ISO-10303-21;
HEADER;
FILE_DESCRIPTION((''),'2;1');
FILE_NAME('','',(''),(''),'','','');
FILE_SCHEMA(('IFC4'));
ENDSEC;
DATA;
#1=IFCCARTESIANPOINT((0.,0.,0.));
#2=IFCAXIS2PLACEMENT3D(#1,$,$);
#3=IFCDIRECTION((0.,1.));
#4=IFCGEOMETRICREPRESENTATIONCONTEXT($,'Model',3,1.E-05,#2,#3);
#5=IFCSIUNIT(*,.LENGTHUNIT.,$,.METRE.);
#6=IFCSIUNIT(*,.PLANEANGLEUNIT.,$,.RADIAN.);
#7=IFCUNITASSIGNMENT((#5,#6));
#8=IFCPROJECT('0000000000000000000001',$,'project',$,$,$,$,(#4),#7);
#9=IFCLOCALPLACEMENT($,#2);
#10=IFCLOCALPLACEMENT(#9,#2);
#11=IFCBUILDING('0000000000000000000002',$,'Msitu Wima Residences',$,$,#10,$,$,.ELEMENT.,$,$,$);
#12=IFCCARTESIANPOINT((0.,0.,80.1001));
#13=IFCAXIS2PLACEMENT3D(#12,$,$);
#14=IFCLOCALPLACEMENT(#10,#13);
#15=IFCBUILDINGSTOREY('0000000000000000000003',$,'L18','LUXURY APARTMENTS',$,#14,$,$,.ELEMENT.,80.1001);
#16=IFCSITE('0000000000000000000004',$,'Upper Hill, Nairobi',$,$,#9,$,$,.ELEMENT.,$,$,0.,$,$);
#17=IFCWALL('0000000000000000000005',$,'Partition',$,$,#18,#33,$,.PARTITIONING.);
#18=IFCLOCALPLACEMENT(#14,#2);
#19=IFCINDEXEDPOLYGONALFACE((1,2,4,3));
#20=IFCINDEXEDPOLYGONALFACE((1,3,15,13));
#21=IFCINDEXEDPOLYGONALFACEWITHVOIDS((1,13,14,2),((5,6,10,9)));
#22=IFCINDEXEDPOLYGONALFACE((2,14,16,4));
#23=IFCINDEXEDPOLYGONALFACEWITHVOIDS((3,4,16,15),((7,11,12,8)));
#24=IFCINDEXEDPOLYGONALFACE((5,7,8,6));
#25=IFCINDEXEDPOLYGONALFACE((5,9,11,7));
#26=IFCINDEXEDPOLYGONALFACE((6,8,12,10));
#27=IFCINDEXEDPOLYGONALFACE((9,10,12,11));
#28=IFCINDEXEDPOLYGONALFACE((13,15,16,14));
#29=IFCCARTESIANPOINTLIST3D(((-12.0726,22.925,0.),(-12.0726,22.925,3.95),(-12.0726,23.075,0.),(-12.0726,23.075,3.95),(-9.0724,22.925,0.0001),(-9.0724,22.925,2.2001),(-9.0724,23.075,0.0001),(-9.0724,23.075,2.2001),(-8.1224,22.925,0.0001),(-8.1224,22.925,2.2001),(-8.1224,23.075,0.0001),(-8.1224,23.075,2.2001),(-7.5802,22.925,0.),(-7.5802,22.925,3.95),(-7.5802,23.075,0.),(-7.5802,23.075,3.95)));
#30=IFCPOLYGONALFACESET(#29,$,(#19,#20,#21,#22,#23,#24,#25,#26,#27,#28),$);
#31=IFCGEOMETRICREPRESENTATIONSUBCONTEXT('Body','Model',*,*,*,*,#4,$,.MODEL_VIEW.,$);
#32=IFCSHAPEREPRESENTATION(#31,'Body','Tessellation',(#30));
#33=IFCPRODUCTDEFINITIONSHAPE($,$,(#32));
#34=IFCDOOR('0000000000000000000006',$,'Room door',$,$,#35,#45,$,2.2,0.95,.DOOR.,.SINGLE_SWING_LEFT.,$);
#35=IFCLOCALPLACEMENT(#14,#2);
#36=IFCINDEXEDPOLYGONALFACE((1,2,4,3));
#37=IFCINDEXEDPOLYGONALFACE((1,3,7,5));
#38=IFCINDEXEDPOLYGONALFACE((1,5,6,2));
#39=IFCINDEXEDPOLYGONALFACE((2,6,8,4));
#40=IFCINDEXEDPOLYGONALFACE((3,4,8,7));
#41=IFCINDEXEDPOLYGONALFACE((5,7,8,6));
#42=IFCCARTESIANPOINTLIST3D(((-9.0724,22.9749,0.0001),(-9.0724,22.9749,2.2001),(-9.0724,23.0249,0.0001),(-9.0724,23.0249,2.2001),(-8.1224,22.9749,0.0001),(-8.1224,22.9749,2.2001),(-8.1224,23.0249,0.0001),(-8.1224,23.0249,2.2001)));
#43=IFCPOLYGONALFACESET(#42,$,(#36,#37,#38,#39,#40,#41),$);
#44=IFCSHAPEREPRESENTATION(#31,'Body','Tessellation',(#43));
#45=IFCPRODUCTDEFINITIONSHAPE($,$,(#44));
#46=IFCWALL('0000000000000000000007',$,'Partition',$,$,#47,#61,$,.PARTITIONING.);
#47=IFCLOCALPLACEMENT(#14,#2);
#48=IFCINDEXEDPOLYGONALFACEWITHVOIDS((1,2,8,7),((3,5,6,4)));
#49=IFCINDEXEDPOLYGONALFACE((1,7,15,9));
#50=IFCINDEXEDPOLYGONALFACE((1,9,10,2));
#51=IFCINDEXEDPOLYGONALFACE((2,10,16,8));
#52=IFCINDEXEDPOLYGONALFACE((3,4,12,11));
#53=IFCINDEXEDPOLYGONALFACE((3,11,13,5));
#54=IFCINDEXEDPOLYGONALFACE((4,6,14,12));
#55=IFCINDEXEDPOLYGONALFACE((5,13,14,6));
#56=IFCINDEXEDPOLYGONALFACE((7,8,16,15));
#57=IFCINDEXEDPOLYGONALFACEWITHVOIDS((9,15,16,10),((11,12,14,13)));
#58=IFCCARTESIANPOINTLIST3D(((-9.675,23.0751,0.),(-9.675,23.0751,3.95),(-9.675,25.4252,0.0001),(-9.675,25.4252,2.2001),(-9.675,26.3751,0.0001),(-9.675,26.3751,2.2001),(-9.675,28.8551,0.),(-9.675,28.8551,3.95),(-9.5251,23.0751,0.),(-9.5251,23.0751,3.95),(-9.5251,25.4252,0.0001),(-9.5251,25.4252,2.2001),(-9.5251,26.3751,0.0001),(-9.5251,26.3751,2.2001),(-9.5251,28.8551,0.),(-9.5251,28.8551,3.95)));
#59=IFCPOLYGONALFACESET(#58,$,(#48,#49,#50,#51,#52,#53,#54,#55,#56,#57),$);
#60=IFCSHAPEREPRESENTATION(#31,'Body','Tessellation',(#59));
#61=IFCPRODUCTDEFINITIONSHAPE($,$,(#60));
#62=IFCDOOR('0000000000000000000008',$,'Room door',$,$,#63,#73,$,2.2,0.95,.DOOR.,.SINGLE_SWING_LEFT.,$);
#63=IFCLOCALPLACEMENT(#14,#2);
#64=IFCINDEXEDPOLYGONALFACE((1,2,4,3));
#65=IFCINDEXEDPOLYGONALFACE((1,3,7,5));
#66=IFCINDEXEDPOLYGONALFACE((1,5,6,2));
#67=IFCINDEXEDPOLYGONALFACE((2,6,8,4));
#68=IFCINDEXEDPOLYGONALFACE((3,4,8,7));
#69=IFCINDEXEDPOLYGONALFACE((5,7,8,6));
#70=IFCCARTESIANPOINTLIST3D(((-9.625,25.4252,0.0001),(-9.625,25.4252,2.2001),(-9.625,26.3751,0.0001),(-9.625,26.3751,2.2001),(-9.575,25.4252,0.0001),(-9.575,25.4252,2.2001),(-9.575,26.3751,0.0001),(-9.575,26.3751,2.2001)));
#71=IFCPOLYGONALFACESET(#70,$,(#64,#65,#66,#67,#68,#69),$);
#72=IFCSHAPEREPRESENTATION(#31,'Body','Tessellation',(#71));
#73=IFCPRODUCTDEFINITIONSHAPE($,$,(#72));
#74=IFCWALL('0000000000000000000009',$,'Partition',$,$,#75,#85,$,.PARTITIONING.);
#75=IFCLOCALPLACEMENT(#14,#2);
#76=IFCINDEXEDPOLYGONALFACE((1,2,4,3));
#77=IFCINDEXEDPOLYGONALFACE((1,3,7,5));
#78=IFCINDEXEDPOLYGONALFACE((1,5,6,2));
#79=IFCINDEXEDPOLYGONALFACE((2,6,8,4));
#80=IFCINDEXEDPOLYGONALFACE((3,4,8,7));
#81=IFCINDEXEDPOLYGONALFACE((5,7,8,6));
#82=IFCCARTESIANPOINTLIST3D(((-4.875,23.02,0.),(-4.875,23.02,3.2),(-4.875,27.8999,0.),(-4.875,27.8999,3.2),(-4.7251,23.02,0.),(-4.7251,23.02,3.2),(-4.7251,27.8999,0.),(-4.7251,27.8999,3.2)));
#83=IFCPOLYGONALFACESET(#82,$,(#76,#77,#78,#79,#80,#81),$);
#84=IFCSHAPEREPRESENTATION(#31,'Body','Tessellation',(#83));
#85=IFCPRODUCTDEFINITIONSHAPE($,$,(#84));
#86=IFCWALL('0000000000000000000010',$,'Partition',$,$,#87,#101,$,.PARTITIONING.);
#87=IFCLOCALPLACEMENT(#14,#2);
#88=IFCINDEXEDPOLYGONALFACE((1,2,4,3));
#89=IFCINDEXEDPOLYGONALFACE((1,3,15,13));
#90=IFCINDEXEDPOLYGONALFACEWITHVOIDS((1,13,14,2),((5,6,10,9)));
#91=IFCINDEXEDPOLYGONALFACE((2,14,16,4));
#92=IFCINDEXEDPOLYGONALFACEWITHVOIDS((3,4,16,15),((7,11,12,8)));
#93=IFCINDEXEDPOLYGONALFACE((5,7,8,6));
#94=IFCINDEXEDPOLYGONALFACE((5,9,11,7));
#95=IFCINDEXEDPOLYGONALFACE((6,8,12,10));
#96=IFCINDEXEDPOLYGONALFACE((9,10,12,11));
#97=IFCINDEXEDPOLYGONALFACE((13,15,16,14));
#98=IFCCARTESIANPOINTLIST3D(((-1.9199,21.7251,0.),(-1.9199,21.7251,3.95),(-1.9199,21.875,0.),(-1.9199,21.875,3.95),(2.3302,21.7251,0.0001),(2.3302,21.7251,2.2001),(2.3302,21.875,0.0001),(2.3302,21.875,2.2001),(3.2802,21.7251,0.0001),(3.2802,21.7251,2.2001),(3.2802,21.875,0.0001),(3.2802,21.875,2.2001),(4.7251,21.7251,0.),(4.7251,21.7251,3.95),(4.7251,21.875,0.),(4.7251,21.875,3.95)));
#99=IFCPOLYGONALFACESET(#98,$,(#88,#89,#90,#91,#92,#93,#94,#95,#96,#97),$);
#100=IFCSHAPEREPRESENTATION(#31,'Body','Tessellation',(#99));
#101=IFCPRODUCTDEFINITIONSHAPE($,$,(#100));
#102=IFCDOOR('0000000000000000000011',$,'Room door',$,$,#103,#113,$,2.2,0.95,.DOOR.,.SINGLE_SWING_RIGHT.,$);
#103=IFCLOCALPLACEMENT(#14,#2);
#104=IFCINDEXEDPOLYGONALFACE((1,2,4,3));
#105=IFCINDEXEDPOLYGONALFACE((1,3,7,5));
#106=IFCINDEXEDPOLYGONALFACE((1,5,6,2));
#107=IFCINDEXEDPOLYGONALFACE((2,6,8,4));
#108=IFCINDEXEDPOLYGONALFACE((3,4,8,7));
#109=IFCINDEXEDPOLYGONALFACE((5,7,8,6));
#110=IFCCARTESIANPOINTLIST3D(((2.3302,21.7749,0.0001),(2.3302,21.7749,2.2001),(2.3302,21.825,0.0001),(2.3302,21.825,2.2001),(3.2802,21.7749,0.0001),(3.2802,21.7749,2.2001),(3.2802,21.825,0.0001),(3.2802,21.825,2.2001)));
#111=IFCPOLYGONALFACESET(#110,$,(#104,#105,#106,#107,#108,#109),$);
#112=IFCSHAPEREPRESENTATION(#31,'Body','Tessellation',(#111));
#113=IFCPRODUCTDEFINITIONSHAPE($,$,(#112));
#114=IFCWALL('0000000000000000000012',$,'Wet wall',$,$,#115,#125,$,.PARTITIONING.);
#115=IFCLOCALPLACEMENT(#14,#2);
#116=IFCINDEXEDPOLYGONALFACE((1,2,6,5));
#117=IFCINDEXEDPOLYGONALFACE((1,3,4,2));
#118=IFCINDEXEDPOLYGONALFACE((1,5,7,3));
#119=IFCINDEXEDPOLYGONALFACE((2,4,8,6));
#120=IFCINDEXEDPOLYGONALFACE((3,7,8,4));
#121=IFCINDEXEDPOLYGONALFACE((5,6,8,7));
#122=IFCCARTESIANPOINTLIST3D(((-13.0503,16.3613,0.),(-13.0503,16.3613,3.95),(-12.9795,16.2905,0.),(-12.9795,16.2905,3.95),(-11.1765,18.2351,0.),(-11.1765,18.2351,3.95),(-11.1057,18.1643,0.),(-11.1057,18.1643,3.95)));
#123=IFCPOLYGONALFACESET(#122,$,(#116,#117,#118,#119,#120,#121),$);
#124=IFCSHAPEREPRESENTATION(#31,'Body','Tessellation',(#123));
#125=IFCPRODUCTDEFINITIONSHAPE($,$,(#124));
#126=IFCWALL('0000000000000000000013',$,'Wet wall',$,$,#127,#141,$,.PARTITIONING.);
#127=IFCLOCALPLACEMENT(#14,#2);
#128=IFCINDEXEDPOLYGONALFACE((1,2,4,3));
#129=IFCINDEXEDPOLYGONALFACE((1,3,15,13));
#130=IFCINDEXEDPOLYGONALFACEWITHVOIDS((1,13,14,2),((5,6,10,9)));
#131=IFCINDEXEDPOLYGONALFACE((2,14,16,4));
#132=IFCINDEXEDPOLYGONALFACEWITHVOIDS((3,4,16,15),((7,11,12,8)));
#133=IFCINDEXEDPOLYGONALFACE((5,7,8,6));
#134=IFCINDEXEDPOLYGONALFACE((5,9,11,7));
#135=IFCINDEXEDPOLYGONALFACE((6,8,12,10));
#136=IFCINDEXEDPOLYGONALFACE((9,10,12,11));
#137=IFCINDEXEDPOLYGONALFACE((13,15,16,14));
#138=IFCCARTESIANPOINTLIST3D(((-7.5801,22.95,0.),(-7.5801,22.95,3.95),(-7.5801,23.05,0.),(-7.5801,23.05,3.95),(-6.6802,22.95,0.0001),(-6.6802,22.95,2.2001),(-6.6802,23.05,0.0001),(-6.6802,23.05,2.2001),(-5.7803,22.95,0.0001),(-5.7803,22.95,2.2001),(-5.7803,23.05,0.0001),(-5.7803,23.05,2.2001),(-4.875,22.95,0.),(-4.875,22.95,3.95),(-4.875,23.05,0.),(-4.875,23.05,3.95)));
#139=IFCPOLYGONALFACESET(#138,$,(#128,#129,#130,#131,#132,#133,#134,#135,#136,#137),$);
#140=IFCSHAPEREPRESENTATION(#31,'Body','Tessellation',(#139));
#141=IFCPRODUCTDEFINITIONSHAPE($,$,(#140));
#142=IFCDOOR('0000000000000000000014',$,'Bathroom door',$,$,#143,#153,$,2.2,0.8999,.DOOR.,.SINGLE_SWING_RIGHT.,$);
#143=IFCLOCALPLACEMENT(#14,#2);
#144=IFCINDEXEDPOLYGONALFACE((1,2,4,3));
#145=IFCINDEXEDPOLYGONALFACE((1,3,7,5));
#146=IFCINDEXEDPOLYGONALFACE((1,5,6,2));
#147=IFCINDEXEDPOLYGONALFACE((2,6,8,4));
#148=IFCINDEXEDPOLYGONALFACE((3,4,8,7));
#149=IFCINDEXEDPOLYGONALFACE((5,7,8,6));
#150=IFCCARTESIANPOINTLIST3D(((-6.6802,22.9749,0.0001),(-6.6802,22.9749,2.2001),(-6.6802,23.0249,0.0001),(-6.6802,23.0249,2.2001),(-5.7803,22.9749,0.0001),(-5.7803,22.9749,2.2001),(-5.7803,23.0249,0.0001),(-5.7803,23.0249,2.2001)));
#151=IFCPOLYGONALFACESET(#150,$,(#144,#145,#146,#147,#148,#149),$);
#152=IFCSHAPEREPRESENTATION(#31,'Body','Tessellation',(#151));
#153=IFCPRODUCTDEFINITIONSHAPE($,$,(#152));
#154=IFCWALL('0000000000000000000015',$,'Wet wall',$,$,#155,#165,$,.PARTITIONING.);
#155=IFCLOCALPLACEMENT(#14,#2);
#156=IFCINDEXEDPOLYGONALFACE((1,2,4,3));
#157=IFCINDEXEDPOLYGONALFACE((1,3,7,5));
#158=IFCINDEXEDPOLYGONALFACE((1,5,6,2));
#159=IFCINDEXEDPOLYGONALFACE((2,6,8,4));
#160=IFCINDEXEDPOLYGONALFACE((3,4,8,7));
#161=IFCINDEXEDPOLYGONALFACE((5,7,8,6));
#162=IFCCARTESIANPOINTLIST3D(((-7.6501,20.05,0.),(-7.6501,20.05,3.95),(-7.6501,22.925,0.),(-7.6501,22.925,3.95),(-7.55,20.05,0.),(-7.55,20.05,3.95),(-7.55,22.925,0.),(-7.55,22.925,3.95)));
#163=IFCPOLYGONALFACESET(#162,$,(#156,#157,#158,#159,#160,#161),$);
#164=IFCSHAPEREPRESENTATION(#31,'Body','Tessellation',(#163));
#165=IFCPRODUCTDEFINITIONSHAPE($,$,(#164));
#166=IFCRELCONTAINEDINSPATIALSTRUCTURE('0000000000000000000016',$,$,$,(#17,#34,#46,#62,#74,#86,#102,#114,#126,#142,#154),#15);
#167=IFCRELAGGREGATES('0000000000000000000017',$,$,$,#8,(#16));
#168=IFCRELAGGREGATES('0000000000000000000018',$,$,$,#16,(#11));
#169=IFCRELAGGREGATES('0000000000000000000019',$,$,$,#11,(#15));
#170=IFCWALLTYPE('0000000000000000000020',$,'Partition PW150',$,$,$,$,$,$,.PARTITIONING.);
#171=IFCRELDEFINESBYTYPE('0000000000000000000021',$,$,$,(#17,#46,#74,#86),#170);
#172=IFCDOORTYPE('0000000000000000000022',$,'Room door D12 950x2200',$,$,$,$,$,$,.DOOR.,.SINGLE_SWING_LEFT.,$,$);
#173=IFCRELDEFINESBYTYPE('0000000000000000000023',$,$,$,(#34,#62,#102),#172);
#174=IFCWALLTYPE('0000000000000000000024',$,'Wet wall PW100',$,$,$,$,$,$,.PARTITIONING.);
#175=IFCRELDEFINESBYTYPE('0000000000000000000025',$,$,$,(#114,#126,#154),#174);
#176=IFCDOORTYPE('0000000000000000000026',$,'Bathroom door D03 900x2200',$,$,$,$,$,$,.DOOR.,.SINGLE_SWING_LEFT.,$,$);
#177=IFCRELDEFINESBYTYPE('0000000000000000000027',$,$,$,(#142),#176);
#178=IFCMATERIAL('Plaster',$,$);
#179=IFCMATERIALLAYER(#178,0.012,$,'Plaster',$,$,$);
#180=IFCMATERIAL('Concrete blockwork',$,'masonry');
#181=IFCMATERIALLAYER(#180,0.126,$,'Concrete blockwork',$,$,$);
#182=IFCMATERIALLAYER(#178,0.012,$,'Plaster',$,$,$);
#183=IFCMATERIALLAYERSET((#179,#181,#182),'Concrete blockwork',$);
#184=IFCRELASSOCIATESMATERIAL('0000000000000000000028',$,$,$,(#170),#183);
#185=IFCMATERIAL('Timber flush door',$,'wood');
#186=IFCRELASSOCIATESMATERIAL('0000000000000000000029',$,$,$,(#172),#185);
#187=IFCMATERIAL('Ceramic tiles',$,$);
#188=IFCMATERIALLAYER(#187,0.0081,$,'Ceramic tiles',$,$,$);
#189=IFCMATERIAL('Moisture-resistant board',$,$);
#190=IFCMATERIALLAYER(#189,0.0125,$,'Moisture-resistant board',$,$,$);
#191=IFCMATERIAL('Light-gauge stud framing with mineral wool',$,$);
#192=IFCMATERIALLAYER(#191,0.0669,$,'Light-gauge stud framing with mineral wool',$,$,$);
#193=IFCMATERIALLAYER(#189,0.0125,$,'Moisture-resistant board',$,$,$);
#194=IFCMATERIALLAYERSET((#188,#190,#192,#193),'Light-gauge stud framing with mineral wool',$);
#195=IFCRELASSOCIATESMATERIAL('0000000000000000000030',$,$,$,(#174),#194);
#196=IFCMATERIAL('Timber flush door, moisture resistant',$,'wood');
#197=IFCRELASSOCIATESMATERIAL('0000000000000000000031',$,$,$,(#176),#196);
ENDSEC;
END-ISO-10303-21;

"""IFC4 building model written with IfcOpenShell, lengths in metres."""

from ifc_helpers import new_model, si_unit, direction, frame, frame_2d, origin, place, context, subcontext, project, spatial, rectangle, extrude, material, layer, layer_set, type_object, element, fill, save


model = new_model("IFC4")

# Units and contexts
model_context = context("Model", 3, precision=1e-05, world=origin(), true_north=direction((0.0, 1.0)))
body_context = subcontext(model_context, "Body", "Model", "MODEL_VIEW")
ifc_project = project(units=[si_unit("LENGTHUNIT", "METRE"), si_unit("PLANEANGLEUNIT", "RADIAN")], contexts=[model_context])

# Site, building, storey
site_placement = place(None, origin())
site = spatial("IfcSite", under=ifc_project, at=site_placement, Name="Upper Hill, Nairobi", CompositionType="ELEMENT", RefElevation=0.0)
building_placement = place(site_placement, origin())
building = spatial("IfcBuilding", under=site, at=building_placement, Name="Msitu Wima Residences", CompositionType="ELEMENT")
storey_placement = place(building_placement, frame((0.0, 0.0, 80.1001)))
storey = spatial("IfcBuildingStorey", under=building, at=storey_placement, Name="L18", Description="LUXURY APARTMENTS", CompositionType="ELEMENT", Elevation=80.1001)

# Shared definitions
ifc_material_1 = material(Name="Plaster")
ifc_layer_1 = layer(ifc_material_1, 0.012, Name="Plaster")
ifc_material_2 = material(Name="Concrete blockwork", Category="masonry")
ifc_layer_2 = layer(ifc_material_2, 0.126, Name="Concrete blockwork")
ifc_layer_3 = layer(ifc_material_1, 0.012, Name="Plaster")
ifc_layer_set_1 = layer_set([ifc_layer_1, ifc_layer_2, ifc_layer_3], Name="Concrete blockwork")
wall_type_1 = type_object("IfcWallType", Name="Partition PW150", PredefinedType="PARTITIONING", material=ifc_layer_set_1)

# Walls, openings, doors
wall_1_placement = place(storey_placement, frame((-12.0725, 23.0, 0.0), z_axis=(0.0, 0.0, 1.0), x_axis=(1.0, 0.0, 0.0)))
wall_1 = element("IfcWall", 1, at=wall_1_placement, inside=storey, type_object=wall_type_1, Name="Partition", PredefinedType="PARTITIONING", context=body_context, shape_type="SweptSolid", body=[
    extrude(rectangle(XDim=4.4924, YDim=0.1499, at=frame_2d((2.2461, 0.0))), origin(), (0.0, 0.0, 1.0), 3.95),
])
opening_1_placement = place(wall_1_placement, frame((3.0, 0.0, 0.0)))
opening_1 = element("IfcOpeningElement", 2, at=opening_1_placement, cuts=wall_1, PredefinedType="OPENING", context=body_context, shape_type="SweptSolid", body=[
    extrude(rectangle(XDim=0.95, YDim=2.2, at=frame_2d((0.4751, 1.1001))), frame((0.0, 0.085, 0.0), z_axis=(0.0, -1.0, 0.0), x_axis=(1.0, 0.0, 0.0)), (0.0, 0.0, 1.0), 0.1699),
])
ifc_material_3 = material(Name="Timber flush door", Category="wood")
door_type_1 = type_object("IfcDoorType", Name="Room door D12 950x2200", OperationType="SINGLE_SWING_LEFT", PredefinedType="DOOR", material=ifc_material_3)
door_1_placement = place(opening_1_placement, origin())
door_1 = element("IfcDoor", 3, at=door_1_placement, inside=storey, type_object=door_type_1, Name="Room door", OperationType="SINGLE_SWING_LEFT", OverallHeight=2.2, OverallWidth=0.95, PredefinedType="DOOR", context=body_context, shape_type="SweptSolid", body=[
    extrude(rectangle(XDim=0.95, YDim=2.2, at=frame_2d((0.4751, 1.1001))), frame((0.0, 0.0249, 0.0), z_axis=(0.0, -1.0, 0.0), x_axis=(1.0, 0.0, 0.0)), (0.0, 0.0, 1.0), 0.05),
])
fill(opening_1, door_1)
wall_2_placement = place(storey_placement, frame((-9.6001, 23.075, 0.0), z_axis=(0.0, 0.0, 1.0), x_axis=(0.0, 1.0, 0.0)))
wall_2 = element("IfcWall", 4, at=wall_2_placement, inside=storey, type_object=wall_type_1, Name="Partition", PredefinedType="PARTITIONING", context=body_context, shape_type="SweptSolid", body=[
    extrude(rectangle(XDim=5.78, YDim=0.1499, at=frame_2d((2.8901, 0.0))), origin(), (0.0, 0.0, 1.0), 3.95),
])
opening_2_placement = place(wall_2_placement, frame((2.3501, 0.0, 0.0)))
opening_2 = element("IfcOpeningElement", 5, at=opening_2_placement, cuts=wall_2, PredefinedType="OPENING", context=body_context, shape_type="SweptSolid", body=[
    extrude(rectangle(XDim=0.95, YDim=2.2, at=frame_2d((0.4751, 1.1001))), frame((0.0, 0.085, 0.0), z_axis=(0.0, -1.0, 0.0), x_axis=(1.0, 0.0, 0.0)), (0.0, 0.0, 1.0), 0.1699),
])
door_2_placement = place(opening_2_placement, origin())
door_2 = element("IfcDoor", 6, at=door_2_placement, inside=storey, type_object=door_type_1, Name="Room door", OperationType="SINGLE_SWING_LEFT", OverallHeight=2.2, OverallWidth=0.95, PredefinedType="DOOR", context=body_context, shape_type="SweptSolid", body=[
    extrude(rectangle(XDim=0.95, YDim=2.2, at=frame_2d((0.4751, 1.1001))), frame((0.0, 0.0249, 0.0), z_axis=(0.0, -1.0, 0.0), x_axis=(1.0, 0.0, 0.0)), (0.0, 0.0, 1.0), 0.05),
])
fill(opening_2, door_2)

# Wall
wall_3_placement = place(storey_placement, frame((-4.8, 23.02, 0.0), z_axis=(0.0, 0.0, 1.0), x_axis=(0.0, 1.0, 0.0)))
element("IfcWall", 7, at=wall_3_placement, inside=storey, type_object=wall_type_1, Name="Partition", PredefinedType="PARTITIONING", context=body_context, shape_type="SweptSolid", body=[
    extrude(rectangle(XDim=4.8799, YDim=0.1499, at=frame_2d((2.4399, 0.0))), origin(), (0.0, 0.0, 1.0), 3.2),
])

# Wall, opening, door
wall_4_placement = place(storey_placement, frame((-1.9199, 21.8, 0.0), z_axis=(0.0, 0.0, 1.0), x_axis=(1.0, 0.0, 0.0)))
wall_4 = element("IfcWall", 8, at=wall_4_placement, inside=storey, type_object=wall_type_1, Name="Partition", PredefinedType="PARTITIONING", context=body_context, shape_type="SweptSolid", body=[
    extrude(rectangle(XDim=6.645, YDim=0.1499, at=frame_2d((3.3225, 0.0))), origin(), (0.0, 0.0, 1.0), 3.95),
])
opening_3_placement = place(wall_4_placement, frame((4.25, 0.0, 0.0)))
opening_3 = element("IfcOpeningElement", 9, at=opening_3_placement, cuts=wall_4, PredefinedType="OPENING", context=body_context, shape_type="SweptSolid", body=[
    extrude(rectangle(XDim=0.95, YDim=2.2, at=frame_2d((0.4751, 1.1001))), frame((0.0, 0.085, 0.0), z_axis=(0.0, -1.0, 0.0), x_axis=(1.0, 0.0, 0.0)), (0.0, 0.0, 1.0), 0.1699),
])
door_3_placement = place(opening_3_placement, origin())
door_3 = element("IfcDoor", 10, at=door_3_placement, inside=storey, type_object=door_type_1, Name="Room door", OperationType="SINGLE_SWING_RIGHT", OverallHeight=2.2, OverallWidth=0.95, PredefinedType="DOOR", context=body_context, shape_type="SweptSolid", body=[
    extrude(rectangle(XDim=0.95, YDim=2.2, at=frame_2d((0.4751, 1.1001))), frame((0.0, 0.0249, 0.0), z_axis=(0.0, -1.0, 0.0), x_axis=(1.0, 0.0, 0.0)), (0.0, 0.0, 1.0), 0.05),
])
fill(opening_3, door_3)

# Wall
ifc_material_4 = material(Name="Ceramic tiles")
ifc_layer_4 = layer(ifc_material_4, 0.0081, Name="Ceramic tiles")
ifc_material_5 = material(Name="Moisture-resistant board")
ifc_layer_5 = layer(ifc_material_5, 0.0125, Name="Moisture-resistant board")
ifc_material_6 = material(Name="Light-gauge stud framing with mineral wool")
ifc_layer_6 = layer(ifc_material_6, 0.0669, Name="Light-gauge stud framing with mineral wool")
ifc_layer_7 = layer(ifc_material_5, 0.0125, Name="Moisture-resistant board")
ifc_layer_set_2 = layer_set([ifc_layer_4, ifc_layer_5, ifc_layer_6, ifc_layer_7], Name="Light-gauge stud framing with mineral wool")
wall_type_2 = type_object("IfcWallType", Name="Wet wall PW100", PredefinedType="PARTITIONING", material=ifc_layer_set_2)
wall_5_placement = place(storey_placement, frame((-13.0149, 16.3259, 0.0), z_axis=(0.0, 0.0, 1.0), x_axis=(0.707107, 0.707107, 0.0)))
element("IfcWall", 11, at=wall_5_placement, inside=storey, type_object=wall_type_2, Name="Wet wall", PredefinedType="PARTITIONING", context=body_context, shape_type="SweptSolid", body=[
    extrude(rectangle(XDim=2.6499, YDim=0.1001, at=frame_2d((1.325, 0.0))), origin(), (0.0, 0.0, 1.0), 3.95),
])

# Wall, opening, door
wall_6_placement = place(storey_placement, frame((-7.5801, 23.0, 0.0), z_axis=(0.0, 0.0, 1.0), x_axis=(1.0, 0.0, 0.0)))
wall_6 = element("IfcWall", 12, at=wall_6_placement, inside=storey, type_object=wall_type_2, Name="Wet wall", PredefinedType="PARTITIONING", context=body_context, shape_type="SweptSolid", body=[
    extrude(rectangle(XDim=2.7051, YDim=0.1001, at=frame_2d((1.3525, 0.0))), origin(), (0.0, 0.0, 1.0), 3.95),
])
opening_4_placement = place(wall_6_placement, frame((0.8999, 0.0, 0.0)))
opening_4 = element("IfcOpeningElement", 13, at=opening_4_placement, cuts=wall_6, PredefinedType="OPENING", context=body_context, shape_type="SweptSolid", body=[
    extrude(rectangle(XDim=0.8999, YDim=2.2, at=frame_2d((0.45, 1.1001))), frame((0.0, 0.0601, 0.0), z_axis=(0.0, -1.0, 0.0), x_axis=(1.0, 0.0, 0.0)), (0.0, 0.0, 1.0), 0.1201),
])
ifc_material_7 = material(Name="Timber flush door, moisture resistant", Category="wood")
door_type_2 = type_object("IfcDoorType", Name="Bathroom door D03 900x2200", OperationType="SINGLE_SWING_LEFT", PredefinedType="DOOR", material=ifc_material_7)
door_4_placement = place(opening_4_placement, origin())
door_4 = element("IfcDoor", 14, at=door_4_placement, inside=storey, type_object=door_type_2, Name="Bathroom door", OperationType="SINGLE_SWING_RIGHT", OverallHeight=2.2, OverallWidth=0.8999, PredefinedType="DOOR", context=body_context, shape_type="SweptSolid", body=[
    extrude(rectangle(XDim=0.8999, YDim=2.2, at=frame_2d((0.45, 1.1001))), frame((0.0, 0.0249, 0.0), z_axis=(0.0, -1.0, 0.0), x_axis=(1.0, 0.0, 0.0)), (0.0, 0.0, 1.0), 0.05),
])
fill(opening_4, door_4)

# Wall
wall_7_placement = place(storey_placement, frame((-7.6001, 20.05, 0.0), z_axis=(0.0, 0.0, 1.0), x_axis=(0.0, 1.0, 0.0)))
element("IfcWall", 15, at=wall_7_placement, inside=storey, type_object=wall_type_2, Name="Wet wall", PredefinedType="PARTITIONING", context=body_context, shape_type="SweptSolid", body=[
    extrude(rectangle(XDim=2.875, YDim=0.1001, at=frame_2d((1.4375, 0.0))), origin(), (0.0, 0.0, 1.0), 3.95),
])

save(model, "model.ifc")
